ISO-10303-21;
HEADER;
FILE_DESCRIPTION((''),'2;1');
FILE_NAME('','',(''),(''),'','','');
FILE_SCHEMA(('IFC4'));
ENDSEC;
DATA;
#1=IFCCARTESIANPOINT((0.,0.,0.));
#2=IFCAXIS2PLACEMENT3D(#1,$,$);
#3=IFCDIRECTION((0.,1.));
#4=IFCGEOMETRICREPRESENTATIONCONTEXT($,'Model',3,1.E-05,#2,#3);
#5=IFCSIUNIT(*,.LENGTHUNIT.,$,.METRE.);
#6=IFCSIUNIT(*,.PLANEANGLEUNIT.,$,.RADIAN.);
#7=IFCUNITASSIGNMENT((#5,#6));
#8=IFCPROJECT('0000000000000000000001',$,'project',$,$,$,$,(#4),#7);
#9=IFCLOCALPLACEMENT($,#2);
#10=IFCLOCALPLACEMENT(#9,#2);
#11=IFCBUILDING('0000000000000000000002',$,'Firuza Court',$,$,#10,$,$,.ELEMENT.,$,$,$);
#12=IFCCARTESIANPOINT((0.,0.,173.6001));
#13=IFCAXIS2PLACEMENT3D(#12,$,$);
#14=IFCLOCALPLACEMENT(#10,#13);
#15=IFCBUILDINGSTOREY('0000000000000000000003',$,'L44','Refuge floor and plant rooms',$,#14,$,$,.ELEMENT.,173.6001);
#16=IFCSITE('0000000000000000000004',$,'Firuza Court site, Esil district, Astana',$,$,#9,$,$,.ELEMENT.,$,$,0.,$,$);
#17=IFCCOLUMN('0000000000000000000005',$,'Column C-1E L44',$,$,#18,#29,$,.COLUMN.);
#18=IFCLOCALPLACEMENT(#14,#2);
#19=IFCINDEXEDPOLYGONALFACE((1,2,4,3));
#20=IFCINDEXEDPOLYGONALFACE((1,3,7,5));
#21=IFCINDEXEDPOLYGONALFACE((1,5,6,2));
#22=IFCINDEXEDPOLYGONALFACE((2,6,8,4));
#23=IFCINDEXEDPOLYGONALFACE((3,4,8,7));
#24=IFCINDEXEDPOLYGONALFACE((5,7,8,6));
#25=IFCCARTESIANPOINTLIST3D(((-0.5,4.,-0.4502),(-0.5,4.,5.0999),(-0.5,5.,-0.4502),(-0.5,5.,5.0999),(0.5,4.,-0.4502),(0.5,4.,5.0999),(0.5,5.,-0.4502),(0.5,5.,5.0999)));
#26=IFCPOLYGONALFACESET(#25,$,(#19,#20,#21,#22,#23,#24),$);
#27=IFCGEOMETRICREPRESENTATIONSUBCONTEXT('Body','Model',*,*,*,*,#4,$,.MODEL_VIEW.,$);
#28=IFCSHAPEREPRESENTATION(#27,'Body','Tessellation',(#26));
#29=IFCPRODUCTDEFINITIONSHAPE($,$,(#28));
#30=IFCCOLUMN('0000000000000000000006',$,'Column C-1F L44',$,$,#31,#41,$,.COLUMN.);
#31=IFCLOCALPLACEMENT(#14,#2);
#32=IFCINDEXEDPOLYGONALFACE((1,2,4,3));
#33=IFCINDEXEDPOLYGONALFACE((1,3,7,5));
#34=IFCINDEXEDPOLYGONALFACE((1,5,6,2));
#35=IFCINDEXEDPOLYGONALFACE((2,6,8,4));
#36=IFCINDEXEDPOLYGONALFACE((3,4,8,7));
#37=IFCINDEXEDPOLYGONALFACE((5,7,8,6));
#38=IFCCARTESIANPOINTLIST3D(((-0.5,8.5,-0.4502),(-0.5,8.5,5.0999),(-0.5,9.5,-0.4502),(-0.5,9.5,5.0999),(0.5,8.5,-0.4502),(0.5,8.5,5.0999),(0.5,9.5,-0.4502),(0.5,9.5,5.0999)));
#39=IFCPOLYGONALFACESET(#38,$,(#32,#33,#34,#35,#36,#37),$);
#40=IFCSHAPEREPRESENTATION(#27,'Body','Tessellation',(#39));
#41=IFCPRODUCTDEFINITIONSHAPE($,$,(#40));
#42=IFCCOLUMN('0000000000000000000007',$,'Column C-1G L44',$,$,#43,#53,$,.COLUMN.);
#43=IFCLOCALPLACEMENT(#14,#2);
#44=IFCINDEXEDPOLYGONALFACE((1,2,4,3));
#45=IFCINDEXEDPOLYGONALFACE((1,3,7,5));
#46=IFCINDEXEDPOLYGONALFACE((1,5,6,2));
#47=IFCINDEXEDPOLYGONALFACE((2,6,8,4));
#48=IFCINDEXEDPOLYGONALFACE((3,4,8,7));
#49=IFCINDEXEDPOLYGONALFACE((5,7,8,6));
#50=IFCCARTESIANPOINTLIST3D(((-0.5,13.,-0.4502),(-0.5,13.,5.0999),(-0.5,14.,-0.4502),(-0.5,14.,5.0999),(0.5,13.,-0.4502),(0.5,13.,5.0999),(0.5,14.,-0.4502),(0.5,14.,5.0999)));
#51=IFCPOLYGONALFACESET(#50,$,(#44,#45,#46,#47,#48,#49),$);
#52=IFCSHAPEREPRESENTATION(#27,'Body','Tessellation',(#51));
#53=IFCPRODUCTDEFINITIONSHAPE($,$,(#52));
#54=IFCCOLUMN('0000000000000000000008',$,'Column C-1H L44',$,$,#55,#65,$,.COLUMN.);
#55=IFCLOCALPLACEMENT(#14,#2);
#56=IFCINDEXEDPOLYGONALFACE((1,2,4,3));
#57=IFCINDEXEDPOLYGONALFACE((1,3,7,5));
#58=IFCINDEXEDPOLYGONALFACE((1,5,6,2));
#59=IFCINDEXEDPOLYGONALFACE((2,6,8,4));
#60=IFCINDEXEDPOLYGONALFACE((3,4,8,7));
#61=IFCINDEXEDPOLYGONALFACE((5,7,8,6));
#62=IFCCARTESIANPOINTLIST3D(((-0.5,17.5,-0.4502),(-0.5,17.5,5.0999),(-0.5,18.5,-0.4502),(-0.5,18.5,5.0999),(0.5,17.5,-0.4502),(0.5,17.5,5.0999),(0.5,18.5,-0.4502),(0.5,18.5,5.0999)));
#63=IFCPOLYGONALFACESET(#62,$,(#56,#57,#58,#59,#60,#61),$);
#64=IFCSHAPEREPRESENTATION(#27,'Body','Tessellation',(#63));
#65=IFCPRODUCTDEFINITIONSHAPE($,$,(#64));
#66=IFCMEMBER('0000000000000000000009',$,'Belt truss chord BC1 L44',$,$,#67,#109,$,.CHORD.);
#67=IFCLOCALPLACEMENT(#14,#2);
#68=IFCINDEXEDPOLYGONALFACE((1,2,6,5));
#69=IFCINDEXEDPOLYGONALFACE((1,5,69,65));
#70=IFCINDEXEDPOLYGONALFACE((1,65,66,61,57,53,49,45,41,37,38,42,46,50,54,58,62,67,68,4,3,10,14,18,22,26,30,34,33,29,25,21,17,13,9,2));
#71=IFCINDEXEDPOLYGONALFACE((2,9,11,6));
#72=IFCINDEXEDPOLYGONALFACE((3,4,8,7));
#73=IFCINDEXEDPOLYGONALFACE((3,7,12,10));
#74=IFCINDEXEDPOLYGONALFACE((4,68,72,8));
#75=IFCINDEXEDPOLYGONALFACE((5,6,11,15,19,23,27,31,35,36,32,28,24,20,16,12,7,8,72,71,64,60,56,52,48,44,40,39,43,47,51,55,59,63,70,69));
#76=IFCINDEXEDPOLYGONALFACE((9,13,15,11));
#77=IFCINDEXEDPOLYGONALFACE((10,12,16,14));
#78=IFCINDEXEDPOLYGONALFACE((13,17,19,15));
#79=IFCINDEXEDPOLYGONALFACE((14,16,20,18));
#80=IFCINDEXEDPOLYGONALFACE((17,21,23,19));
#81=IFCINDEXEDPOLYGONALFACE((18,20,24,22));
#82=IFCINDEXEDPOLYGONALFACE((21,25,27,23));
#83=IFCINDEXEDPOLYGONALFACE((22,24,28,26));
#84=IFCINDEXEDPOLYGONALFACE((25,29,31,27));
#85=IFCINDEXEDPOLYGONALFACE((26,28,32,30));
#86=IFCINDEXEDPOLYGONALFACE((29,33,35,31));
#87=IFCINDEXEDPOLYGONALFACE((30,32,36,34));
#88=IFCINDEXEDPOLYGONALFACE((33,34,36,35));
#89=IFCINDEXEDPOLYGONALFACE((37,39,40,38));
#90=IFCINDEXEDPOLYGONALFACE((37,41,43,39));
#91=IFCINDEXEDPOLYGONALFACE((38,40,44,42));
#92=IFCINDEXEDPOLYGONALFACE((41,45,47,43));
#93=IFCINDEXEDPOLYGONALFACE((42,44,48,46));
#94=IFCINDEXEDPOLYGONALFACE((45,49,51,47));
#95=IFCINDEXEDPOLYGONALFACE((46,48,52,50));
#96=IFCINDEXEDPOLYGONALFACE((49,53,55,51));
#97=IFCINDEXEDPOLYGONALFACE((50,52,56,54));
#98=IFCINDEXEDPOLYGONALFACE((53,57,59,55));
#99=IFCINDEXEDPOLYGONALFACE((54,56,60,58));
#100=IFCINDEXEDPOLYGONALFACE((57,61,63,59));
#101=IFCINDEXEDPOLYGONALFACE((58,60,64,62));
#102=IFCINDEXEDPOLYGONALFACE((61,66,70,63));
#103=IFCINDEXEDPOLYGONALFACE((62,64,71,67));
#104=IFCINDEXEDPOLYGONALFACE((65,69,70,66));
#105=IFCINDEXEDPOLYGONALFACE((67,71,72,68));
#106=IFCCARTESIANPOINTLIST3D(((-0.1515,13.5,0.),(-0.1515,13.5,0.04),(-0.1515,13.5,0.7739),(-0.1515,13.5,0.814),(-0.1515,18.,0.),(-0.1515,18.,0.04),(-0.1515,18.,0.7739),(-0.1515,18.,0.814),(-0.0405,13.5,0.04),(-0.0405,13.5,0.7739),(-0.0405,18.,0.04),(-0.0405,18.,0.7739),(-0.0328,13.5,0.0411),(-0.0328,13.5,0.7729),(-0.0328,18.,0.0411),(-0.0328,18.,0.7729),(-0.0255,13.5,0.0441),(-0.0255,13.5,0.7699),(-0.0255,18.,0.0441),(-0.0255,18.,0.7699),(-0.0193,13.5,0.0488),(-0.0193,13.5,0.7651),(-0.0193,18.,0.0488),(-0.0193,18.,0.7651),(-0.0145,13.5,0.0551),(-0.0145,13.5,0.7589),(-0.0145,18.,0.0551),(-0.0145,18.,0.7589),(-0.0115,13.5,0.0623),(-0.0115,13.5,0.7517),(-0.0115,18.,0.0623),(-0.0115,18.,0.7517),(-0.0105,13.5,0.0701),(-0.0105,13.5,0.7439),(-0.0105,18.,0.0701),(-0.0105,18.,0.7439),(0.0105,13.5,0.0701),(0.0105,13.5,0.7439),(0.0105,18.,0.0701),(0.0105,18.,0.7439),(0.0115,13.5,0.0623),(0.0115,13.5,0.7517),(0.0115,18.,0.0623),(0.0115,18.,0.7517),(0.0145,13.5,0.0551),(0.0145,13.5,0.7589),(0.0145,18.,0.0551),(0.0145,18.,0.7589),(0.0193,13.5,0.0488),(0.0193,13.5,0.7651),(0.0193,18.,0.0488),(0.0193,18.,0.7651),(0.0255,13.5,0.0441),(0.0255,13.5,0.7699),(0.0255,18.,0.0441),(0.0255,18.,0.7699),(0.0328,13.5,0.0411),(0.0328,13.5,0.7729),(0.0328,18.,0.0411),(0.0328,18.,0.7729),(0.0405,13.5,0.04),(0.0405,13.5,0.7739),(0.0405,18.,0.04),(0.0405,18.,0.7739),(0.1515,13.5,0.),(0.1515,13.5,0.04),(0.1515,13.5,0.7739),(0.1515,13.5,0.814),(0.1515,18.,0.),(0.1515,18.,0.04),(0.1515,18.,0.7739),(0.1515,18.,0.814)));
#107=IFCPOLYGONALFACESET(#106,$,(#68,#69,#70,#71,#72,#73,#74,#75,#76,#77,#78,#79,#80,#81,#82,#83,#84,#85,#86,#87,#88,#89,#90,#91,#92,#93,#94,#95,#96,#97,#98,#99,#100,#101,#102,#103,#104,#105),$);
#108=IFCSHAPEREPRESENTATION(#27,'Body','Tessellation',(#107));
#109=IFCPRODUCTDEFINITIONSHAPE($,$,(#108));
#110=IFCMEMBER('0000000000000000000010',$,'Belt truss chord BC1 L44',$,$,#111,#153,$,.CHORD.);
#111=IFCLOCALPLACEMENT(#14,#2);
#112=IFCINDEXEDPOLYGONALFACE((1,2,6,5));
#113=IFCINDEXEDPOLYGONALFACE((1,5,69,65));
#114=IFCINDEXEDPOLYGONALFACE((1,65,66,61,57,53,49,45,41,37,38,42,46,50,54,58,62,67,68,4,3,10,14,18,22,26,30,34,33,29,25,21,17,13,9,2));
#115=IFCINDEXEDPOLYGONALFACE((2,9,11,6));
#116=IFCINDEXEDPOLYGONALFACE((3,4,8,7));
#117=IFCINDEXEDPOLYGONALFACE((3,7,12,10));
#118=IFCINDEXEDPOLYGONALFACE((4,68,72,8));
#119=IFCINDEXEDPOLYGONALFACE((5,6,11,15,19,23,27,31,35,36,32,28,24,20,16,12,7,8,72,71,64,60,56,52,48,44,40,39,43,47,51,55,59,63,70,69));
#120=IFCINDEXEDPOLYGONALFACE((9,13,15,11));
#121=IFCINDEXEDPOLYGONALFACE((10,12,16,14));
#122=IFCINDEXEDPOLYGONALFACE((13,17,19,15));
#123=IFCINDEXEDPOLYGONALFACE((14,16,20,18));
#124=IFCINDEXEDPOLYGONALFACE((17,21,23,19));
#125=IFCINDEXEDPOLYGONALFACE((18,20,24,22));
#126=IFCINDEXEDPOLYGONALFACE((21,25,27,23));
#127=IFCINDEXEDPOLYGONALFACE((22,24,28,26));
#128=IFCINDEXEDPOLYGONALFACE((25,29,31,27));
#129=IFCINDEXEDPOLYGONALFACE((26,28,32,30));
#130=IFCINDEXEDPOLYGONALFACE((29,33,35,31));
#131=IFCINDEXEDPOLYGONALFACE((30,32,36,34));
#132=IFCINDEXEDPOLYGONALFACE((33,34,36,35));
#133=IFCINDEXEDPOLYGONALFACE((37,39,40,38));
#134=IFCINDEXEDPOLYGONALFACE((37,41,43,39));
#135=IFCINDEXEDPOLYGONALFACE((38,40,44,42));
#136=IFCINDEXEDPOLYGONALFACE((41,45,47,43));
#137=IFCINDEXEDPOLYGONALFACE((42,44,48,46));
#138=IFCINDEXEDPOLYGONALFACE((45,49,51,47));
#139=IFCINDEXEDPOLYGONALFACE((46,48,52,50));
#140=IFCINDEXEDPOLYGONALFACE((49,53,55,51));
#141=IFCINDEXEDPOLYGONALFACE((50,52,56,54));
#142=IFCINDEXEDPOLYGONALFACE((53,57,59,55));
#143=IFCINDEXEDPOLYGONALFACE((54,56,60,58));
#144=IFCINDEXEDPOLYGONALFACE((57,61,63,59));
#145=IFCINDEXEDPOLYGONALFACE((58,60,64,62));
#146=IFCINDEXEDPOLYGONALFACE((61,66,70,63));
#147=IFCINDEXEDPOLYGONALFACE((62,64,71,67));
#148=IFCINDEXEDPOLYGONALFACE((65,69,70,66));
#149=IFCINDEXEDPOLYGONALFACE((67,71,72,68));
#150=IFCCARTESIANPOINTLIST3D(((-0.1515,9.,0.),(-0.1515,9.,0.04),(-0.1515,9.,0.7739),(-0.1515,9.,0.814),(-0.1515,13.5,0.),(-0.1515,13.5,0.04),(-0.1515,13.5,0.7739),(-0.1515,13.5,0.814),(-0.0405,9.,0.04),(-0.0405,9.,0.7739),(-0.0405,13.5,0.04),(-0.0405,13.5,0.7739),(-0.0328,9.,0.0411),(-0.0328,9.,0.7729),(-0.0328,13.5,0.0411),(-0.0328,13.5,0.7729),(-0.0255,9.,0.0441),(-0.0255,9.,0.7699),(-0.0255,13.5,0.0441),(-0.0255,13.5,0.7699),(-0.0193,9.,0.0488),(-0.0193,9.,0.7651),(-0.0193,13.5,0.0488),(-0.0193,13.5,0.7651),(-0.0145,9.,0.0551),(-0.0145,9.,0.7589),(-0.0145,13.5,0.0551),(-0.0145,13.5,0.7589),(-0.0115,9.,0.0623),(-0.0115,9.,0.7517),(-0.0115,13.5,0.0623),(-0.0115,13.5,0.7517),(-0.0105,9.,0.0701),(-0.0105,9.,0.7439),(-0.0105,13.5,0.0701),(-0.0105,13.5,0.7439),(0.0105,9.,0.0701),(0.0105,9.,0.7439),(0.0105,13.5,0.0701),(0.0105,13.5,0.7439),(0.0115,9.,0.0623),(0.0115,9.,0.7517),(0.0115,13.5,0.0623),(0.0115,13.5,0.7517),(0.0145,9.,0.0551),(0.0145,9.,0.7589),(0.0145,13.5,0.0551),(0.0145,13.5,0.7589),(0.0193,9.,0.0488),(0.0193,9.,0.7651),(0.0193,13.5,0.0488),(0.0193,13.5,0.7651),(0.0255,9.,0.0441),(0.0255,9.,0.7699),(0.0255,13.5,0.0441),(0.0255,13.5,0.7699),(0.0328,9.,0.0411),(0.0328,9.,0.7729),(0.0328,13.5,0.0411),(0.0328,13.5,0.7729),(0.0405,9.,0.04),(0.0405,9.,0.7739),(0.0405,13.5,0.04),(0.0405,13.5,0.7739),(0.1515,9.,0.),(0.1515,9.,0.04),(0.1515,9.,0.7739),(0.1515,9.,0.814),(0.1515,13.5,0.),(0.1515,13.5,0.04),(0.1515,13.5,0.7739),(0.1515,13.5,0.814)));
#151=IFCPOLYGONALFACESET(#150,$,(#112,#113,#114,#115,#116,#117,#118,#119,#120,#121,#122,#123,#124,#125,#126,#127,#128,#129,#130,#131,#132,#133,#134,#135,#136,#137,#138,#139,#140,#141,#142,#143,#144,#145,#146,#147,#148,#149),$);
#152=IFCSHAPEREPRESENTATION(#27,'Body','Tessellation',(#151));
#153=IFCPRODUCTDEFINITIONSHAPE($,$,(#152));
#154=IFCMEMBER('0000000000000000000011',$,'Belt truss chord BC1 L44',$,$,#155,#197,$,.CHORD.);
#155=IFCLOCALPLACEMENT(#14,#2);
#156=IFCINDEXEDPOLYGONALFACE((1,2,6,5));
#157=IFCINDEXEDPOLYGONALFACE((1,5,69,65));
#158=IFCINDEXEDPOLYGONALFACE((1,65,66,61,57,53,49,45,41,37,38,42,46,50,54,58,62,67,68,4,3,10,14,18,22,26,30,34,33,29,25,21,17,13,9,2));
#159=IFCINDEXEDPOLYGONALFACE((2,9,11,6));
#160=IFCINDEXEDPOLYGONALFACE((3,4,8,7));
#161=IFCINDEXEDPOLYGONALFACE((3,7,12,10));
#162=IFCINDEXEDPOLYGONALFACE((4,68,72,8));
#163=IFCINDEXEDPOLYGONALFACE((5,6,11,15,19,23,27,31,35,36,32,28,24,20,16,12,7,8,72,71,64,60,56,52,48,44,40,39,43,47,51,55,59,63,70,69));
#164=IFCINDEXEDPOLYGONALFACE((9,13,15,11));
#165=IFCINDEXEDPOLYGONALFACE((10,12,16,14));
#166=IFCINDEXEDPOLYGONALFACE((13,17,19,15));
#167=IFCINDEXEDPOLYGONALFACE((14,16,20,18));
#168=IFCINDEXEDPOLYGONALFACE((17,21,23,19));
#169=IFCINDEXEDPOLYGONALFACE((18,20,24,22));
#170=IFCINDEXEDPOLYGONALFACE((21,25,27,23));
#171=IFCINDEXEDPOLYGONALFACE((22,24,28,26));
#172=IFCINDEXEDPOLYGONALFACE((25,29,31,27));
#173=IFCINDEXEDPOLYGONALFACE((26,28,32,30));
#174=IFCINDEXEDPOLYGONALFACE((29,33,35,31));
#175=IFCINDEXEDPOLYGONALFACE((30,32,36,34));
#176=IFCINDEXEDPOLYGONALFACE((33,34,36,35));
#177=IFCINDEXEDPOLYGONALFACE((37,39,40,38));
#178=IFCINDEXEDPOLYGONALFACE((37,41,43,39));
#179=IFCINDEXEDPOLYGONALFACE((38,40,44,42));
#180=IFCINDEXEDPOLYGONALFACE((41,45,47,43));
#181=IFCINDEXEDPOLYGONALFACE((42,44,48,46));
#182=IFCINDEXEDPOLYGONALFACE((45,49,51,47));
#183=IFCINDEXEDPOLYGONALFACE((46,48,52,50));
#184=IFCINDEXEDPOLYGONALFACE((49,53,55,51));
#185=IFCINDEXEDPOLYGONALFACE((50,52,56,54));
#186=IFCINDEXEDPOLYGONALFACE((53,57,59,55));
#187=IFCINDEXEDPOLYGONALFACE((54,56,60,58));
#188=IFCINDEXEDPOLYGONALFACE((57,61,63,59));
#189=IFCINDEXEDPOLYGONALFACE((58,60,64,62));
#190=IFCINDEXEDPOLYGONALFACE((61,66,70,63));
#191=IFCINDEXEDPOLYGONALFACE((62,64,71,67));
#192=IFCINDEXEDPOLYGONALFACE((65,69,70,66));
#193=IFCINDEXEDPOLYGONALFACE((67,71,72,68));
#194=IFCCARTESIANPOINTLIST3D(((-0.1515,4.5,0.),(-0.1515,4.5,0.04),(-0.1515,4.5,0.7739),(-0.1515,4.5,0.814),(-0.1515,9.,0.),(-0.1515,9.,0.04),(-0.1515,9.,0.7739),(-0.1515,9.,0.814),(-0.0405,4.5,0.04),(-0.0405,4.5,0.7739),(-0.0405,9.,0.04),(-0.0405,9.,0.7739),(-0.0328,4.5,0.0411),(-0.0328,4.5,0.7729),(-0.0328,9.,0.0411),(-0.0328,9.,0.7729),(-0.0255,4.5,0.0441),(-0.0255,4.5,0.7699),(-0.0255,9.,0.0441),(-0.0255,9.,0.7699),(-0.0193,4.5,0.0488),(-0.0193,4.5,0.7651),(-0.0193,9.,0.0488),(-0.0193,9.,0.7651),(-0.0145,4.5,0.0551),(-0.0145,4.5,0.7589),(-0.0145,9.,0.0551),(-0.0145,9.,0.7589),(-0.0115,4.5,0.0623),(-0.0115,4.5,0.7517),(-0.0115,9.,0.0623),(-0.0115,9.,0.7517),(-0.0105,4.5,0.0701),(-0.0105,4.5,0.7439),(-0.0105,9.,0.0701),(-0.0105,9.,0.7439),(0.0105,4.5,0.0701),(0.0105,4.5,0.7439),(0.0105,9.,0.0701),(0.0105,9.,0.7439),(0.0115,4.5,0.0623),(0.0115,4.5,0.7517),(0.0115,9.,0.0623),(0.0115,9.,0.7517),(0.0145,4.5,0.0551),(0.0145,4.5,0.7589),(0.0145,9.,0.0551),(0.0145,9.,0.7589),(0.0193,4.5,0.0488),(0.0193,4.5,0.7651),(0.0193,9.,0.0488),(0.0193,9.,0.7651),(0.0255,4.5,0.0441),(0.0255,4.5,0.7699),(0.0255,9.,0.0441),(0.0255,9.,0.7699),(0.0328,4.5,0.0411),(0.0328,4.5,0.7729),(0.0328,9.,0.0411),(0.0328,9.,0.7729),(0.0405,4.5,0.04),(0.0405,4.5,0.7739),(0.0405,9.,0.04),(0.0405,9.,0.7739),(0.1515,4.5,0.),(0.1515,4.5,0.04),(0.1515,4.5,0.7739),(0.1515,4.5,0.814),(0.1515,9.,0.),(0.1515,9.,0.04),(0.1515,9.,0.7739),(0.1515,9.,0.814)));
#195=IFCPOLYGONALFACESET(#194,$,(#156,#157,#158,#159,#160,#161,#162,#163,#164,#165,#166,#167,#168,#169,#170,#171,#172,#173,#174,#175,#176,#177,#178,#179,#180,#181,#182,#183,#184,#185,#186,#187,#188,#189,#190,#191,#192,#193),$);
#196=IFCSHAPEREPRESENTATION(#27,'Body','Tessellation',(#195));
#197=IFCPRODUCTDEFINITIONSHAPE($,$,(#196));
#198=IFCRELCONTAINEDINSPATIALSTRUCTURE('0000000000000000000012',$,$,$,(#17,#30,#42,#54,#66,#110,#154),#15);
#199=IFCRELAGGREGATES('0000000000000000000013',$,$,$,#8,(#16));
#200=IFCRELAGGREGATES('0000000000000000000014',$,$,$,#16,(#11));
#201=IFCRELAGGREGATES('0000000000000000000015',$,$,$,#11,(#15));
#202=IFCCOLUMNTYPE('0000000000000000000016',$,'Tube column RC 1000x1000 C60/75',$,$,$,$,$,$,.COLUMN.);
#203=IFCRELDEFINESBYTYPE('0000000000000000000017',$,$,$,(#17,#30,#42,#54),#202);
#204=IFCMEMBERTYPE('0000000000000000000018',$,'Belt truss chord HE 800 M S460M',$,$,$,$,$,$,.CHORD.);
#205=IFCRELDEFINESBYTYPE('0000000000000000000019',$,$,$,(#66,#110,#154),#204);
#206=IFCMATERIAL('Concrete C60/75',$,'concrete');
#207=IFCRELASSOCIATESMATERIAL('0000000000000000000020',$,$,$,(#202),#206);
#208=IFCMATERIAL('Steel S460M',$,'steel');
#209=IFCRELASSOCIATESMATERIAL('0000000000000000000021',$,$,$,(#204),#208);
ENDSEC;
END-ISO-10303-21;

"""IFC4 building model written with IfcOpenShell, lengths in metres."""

from ifc_helpers import new_model, si_unit, direction, frame, origin, origin_2d, place, context, subcontext, project, spatial, rectangle, i_section, extrude, material, material_profile, profile_set, type_object, element, save


model = new_model("IFC4")

# Units and contexts
model_context = context("Model", 3, precision=1e-05, world=origin(), true_north=direction((0.0, 1.0)))
body_context = subcontext(model_context, "Body", "Model", "MODEL_VIEW")
ifc_project = project(units=[si_unit("LENGTHUNIT", "METRE"), si_unit("PLANEANGLEUNIT", "RADIAN")], contexts=[model_context])

# Site, building, storey
site_placement = place(None, origin())
site = spatial("IfcSite", under=ifc_project, at=site_placement, Name="Firuza Court site, Esil district, Astana", CompositionType="ELEMENT", RefElevation=0.0)
building_placement = place(site_placement, origin())
building = spatial("IfcBuilding", under=site, at=building_placement, Name="Firuza Court", CompositionType="ELEMENT")
storey_placement = place(building_placement, frame((0.0, 0.0, 173.6001)))
storey = spatial("IfcBuildingStorey", under=building, at=storey_placement, Name="L44", Description="Refuge floor and plant rooms", CompositionType="ELEMENT", Elevation=173.6001)

# Columns
ifc_material_1 = material(Name="Concrete C60/75", Category="concrete")
ifc_material_profile_1 = material_profile(ifc_material_1, rectangle(XDim=1.0, YDim=1.0, at=origin_2d()), Name="RC 1000x1000")
ifc_profile_set_1 = profile_set([ifc_material_profile_1], Name="Concrete C60/75")
column_type = type_object("IfcColumnType", Name="Tube column RC 1000x1000 C60/75", PredefinedType="COLUMN", material=ifc_profile_set_1)
for number, where, z_axis, x_axis, name in (
    (1, (0.0, 4.5, -0.4502), (0.0, 0.0, 1.0), (1.0, 0.0, 0.0), "Column C-1E L44"),
    (2, (0.0, 9.0, -0.4502), (0.0, 0.0, 1.0), (1.0, 0.0, 0.0), "Column C-1F L44"),
    (3, (0.0, 13.5, -0.4502), (0.0, 0.0, 1.0), (1.0, 0.0, 0.0), "Column C-1G L44"),
    (4, (0.0, 18.0, -0.4502), (0.0, 0.0, 1.0), (1.0, 0.0, 0.0), "Column C-1H L44"),
):
    element("IfcColumn", number, at=place(storey_placement, frame(where, z_axis=z_axis, x_axis=x_axis)), inside=storey, type_object=column_type, Name=name, PredefinedType="COLUMN", context=body_context, shape_type="SweptSolid", body=[
        extrude(rectangle(XDim=1.0, YDim=1.0, at=origin_2d()), origin(), (0.0, 0.0, 1.0), 5.55),
    ])

# Members
ifc_material_2 = material(Name="Steel S460M", Category="steel")
ifc_material_profile_2 = material_profile(ifc_material_2, i_section(OverallWidth=0.303, OverallDepth=0.814, WebThickness=0.021, FlangeThickness=0.04, FilletRadius=0.03, at=origin_2d()), Name="HE 800 M")
ifc_profile_set_2 = profile_set([ifc_material_profile_2], Name="Steel S460M")
member_type_1 = type_object("IfcMemberType", Name="Belt truss chord HE 800 M S460M", PredefinedType="CHORD", material=ifc_profile_set_2)
for number, where, z_axis, x_axis, name in (
    (5, (0.0, 18.0, 0.407), (0.0, -1.0, 0.0), (1.0, 0.0, 0.0), "Belt truss chord BC1 L44"),
    (6, (0.0, 13.5, 0.407), (0.0, -1.0, 0.0), (1.0, 0.0, 0.0), "Belt truss chord BC1 L44"),
    (7, (0.0, 9.0, 0.407), (0.0, -1.0, 0.0), (1.0, 0.0, 0.0), "Belt truss chord BC1 L44"),
):
    element("IfcMember", number, at=place(storey_placement, frame(where, z_axis=z_axis, x_axis=x_axis)), inside=storey, type_object=member_type_1, Name=name, PredefinedType="CHORD", context=body_context, shape_type="SweptSolid", body=[
        extrude(i_section(OverallWidth=0.303, OverallDepth=0.814, WebThickness=0.021, FlangeThickness=0.04, FilletRadius=0.03, at=origin_2d()), origin(), (0.0, 0.0, 1.0), 4.5),
    ])

save(model, "model.ifc")
